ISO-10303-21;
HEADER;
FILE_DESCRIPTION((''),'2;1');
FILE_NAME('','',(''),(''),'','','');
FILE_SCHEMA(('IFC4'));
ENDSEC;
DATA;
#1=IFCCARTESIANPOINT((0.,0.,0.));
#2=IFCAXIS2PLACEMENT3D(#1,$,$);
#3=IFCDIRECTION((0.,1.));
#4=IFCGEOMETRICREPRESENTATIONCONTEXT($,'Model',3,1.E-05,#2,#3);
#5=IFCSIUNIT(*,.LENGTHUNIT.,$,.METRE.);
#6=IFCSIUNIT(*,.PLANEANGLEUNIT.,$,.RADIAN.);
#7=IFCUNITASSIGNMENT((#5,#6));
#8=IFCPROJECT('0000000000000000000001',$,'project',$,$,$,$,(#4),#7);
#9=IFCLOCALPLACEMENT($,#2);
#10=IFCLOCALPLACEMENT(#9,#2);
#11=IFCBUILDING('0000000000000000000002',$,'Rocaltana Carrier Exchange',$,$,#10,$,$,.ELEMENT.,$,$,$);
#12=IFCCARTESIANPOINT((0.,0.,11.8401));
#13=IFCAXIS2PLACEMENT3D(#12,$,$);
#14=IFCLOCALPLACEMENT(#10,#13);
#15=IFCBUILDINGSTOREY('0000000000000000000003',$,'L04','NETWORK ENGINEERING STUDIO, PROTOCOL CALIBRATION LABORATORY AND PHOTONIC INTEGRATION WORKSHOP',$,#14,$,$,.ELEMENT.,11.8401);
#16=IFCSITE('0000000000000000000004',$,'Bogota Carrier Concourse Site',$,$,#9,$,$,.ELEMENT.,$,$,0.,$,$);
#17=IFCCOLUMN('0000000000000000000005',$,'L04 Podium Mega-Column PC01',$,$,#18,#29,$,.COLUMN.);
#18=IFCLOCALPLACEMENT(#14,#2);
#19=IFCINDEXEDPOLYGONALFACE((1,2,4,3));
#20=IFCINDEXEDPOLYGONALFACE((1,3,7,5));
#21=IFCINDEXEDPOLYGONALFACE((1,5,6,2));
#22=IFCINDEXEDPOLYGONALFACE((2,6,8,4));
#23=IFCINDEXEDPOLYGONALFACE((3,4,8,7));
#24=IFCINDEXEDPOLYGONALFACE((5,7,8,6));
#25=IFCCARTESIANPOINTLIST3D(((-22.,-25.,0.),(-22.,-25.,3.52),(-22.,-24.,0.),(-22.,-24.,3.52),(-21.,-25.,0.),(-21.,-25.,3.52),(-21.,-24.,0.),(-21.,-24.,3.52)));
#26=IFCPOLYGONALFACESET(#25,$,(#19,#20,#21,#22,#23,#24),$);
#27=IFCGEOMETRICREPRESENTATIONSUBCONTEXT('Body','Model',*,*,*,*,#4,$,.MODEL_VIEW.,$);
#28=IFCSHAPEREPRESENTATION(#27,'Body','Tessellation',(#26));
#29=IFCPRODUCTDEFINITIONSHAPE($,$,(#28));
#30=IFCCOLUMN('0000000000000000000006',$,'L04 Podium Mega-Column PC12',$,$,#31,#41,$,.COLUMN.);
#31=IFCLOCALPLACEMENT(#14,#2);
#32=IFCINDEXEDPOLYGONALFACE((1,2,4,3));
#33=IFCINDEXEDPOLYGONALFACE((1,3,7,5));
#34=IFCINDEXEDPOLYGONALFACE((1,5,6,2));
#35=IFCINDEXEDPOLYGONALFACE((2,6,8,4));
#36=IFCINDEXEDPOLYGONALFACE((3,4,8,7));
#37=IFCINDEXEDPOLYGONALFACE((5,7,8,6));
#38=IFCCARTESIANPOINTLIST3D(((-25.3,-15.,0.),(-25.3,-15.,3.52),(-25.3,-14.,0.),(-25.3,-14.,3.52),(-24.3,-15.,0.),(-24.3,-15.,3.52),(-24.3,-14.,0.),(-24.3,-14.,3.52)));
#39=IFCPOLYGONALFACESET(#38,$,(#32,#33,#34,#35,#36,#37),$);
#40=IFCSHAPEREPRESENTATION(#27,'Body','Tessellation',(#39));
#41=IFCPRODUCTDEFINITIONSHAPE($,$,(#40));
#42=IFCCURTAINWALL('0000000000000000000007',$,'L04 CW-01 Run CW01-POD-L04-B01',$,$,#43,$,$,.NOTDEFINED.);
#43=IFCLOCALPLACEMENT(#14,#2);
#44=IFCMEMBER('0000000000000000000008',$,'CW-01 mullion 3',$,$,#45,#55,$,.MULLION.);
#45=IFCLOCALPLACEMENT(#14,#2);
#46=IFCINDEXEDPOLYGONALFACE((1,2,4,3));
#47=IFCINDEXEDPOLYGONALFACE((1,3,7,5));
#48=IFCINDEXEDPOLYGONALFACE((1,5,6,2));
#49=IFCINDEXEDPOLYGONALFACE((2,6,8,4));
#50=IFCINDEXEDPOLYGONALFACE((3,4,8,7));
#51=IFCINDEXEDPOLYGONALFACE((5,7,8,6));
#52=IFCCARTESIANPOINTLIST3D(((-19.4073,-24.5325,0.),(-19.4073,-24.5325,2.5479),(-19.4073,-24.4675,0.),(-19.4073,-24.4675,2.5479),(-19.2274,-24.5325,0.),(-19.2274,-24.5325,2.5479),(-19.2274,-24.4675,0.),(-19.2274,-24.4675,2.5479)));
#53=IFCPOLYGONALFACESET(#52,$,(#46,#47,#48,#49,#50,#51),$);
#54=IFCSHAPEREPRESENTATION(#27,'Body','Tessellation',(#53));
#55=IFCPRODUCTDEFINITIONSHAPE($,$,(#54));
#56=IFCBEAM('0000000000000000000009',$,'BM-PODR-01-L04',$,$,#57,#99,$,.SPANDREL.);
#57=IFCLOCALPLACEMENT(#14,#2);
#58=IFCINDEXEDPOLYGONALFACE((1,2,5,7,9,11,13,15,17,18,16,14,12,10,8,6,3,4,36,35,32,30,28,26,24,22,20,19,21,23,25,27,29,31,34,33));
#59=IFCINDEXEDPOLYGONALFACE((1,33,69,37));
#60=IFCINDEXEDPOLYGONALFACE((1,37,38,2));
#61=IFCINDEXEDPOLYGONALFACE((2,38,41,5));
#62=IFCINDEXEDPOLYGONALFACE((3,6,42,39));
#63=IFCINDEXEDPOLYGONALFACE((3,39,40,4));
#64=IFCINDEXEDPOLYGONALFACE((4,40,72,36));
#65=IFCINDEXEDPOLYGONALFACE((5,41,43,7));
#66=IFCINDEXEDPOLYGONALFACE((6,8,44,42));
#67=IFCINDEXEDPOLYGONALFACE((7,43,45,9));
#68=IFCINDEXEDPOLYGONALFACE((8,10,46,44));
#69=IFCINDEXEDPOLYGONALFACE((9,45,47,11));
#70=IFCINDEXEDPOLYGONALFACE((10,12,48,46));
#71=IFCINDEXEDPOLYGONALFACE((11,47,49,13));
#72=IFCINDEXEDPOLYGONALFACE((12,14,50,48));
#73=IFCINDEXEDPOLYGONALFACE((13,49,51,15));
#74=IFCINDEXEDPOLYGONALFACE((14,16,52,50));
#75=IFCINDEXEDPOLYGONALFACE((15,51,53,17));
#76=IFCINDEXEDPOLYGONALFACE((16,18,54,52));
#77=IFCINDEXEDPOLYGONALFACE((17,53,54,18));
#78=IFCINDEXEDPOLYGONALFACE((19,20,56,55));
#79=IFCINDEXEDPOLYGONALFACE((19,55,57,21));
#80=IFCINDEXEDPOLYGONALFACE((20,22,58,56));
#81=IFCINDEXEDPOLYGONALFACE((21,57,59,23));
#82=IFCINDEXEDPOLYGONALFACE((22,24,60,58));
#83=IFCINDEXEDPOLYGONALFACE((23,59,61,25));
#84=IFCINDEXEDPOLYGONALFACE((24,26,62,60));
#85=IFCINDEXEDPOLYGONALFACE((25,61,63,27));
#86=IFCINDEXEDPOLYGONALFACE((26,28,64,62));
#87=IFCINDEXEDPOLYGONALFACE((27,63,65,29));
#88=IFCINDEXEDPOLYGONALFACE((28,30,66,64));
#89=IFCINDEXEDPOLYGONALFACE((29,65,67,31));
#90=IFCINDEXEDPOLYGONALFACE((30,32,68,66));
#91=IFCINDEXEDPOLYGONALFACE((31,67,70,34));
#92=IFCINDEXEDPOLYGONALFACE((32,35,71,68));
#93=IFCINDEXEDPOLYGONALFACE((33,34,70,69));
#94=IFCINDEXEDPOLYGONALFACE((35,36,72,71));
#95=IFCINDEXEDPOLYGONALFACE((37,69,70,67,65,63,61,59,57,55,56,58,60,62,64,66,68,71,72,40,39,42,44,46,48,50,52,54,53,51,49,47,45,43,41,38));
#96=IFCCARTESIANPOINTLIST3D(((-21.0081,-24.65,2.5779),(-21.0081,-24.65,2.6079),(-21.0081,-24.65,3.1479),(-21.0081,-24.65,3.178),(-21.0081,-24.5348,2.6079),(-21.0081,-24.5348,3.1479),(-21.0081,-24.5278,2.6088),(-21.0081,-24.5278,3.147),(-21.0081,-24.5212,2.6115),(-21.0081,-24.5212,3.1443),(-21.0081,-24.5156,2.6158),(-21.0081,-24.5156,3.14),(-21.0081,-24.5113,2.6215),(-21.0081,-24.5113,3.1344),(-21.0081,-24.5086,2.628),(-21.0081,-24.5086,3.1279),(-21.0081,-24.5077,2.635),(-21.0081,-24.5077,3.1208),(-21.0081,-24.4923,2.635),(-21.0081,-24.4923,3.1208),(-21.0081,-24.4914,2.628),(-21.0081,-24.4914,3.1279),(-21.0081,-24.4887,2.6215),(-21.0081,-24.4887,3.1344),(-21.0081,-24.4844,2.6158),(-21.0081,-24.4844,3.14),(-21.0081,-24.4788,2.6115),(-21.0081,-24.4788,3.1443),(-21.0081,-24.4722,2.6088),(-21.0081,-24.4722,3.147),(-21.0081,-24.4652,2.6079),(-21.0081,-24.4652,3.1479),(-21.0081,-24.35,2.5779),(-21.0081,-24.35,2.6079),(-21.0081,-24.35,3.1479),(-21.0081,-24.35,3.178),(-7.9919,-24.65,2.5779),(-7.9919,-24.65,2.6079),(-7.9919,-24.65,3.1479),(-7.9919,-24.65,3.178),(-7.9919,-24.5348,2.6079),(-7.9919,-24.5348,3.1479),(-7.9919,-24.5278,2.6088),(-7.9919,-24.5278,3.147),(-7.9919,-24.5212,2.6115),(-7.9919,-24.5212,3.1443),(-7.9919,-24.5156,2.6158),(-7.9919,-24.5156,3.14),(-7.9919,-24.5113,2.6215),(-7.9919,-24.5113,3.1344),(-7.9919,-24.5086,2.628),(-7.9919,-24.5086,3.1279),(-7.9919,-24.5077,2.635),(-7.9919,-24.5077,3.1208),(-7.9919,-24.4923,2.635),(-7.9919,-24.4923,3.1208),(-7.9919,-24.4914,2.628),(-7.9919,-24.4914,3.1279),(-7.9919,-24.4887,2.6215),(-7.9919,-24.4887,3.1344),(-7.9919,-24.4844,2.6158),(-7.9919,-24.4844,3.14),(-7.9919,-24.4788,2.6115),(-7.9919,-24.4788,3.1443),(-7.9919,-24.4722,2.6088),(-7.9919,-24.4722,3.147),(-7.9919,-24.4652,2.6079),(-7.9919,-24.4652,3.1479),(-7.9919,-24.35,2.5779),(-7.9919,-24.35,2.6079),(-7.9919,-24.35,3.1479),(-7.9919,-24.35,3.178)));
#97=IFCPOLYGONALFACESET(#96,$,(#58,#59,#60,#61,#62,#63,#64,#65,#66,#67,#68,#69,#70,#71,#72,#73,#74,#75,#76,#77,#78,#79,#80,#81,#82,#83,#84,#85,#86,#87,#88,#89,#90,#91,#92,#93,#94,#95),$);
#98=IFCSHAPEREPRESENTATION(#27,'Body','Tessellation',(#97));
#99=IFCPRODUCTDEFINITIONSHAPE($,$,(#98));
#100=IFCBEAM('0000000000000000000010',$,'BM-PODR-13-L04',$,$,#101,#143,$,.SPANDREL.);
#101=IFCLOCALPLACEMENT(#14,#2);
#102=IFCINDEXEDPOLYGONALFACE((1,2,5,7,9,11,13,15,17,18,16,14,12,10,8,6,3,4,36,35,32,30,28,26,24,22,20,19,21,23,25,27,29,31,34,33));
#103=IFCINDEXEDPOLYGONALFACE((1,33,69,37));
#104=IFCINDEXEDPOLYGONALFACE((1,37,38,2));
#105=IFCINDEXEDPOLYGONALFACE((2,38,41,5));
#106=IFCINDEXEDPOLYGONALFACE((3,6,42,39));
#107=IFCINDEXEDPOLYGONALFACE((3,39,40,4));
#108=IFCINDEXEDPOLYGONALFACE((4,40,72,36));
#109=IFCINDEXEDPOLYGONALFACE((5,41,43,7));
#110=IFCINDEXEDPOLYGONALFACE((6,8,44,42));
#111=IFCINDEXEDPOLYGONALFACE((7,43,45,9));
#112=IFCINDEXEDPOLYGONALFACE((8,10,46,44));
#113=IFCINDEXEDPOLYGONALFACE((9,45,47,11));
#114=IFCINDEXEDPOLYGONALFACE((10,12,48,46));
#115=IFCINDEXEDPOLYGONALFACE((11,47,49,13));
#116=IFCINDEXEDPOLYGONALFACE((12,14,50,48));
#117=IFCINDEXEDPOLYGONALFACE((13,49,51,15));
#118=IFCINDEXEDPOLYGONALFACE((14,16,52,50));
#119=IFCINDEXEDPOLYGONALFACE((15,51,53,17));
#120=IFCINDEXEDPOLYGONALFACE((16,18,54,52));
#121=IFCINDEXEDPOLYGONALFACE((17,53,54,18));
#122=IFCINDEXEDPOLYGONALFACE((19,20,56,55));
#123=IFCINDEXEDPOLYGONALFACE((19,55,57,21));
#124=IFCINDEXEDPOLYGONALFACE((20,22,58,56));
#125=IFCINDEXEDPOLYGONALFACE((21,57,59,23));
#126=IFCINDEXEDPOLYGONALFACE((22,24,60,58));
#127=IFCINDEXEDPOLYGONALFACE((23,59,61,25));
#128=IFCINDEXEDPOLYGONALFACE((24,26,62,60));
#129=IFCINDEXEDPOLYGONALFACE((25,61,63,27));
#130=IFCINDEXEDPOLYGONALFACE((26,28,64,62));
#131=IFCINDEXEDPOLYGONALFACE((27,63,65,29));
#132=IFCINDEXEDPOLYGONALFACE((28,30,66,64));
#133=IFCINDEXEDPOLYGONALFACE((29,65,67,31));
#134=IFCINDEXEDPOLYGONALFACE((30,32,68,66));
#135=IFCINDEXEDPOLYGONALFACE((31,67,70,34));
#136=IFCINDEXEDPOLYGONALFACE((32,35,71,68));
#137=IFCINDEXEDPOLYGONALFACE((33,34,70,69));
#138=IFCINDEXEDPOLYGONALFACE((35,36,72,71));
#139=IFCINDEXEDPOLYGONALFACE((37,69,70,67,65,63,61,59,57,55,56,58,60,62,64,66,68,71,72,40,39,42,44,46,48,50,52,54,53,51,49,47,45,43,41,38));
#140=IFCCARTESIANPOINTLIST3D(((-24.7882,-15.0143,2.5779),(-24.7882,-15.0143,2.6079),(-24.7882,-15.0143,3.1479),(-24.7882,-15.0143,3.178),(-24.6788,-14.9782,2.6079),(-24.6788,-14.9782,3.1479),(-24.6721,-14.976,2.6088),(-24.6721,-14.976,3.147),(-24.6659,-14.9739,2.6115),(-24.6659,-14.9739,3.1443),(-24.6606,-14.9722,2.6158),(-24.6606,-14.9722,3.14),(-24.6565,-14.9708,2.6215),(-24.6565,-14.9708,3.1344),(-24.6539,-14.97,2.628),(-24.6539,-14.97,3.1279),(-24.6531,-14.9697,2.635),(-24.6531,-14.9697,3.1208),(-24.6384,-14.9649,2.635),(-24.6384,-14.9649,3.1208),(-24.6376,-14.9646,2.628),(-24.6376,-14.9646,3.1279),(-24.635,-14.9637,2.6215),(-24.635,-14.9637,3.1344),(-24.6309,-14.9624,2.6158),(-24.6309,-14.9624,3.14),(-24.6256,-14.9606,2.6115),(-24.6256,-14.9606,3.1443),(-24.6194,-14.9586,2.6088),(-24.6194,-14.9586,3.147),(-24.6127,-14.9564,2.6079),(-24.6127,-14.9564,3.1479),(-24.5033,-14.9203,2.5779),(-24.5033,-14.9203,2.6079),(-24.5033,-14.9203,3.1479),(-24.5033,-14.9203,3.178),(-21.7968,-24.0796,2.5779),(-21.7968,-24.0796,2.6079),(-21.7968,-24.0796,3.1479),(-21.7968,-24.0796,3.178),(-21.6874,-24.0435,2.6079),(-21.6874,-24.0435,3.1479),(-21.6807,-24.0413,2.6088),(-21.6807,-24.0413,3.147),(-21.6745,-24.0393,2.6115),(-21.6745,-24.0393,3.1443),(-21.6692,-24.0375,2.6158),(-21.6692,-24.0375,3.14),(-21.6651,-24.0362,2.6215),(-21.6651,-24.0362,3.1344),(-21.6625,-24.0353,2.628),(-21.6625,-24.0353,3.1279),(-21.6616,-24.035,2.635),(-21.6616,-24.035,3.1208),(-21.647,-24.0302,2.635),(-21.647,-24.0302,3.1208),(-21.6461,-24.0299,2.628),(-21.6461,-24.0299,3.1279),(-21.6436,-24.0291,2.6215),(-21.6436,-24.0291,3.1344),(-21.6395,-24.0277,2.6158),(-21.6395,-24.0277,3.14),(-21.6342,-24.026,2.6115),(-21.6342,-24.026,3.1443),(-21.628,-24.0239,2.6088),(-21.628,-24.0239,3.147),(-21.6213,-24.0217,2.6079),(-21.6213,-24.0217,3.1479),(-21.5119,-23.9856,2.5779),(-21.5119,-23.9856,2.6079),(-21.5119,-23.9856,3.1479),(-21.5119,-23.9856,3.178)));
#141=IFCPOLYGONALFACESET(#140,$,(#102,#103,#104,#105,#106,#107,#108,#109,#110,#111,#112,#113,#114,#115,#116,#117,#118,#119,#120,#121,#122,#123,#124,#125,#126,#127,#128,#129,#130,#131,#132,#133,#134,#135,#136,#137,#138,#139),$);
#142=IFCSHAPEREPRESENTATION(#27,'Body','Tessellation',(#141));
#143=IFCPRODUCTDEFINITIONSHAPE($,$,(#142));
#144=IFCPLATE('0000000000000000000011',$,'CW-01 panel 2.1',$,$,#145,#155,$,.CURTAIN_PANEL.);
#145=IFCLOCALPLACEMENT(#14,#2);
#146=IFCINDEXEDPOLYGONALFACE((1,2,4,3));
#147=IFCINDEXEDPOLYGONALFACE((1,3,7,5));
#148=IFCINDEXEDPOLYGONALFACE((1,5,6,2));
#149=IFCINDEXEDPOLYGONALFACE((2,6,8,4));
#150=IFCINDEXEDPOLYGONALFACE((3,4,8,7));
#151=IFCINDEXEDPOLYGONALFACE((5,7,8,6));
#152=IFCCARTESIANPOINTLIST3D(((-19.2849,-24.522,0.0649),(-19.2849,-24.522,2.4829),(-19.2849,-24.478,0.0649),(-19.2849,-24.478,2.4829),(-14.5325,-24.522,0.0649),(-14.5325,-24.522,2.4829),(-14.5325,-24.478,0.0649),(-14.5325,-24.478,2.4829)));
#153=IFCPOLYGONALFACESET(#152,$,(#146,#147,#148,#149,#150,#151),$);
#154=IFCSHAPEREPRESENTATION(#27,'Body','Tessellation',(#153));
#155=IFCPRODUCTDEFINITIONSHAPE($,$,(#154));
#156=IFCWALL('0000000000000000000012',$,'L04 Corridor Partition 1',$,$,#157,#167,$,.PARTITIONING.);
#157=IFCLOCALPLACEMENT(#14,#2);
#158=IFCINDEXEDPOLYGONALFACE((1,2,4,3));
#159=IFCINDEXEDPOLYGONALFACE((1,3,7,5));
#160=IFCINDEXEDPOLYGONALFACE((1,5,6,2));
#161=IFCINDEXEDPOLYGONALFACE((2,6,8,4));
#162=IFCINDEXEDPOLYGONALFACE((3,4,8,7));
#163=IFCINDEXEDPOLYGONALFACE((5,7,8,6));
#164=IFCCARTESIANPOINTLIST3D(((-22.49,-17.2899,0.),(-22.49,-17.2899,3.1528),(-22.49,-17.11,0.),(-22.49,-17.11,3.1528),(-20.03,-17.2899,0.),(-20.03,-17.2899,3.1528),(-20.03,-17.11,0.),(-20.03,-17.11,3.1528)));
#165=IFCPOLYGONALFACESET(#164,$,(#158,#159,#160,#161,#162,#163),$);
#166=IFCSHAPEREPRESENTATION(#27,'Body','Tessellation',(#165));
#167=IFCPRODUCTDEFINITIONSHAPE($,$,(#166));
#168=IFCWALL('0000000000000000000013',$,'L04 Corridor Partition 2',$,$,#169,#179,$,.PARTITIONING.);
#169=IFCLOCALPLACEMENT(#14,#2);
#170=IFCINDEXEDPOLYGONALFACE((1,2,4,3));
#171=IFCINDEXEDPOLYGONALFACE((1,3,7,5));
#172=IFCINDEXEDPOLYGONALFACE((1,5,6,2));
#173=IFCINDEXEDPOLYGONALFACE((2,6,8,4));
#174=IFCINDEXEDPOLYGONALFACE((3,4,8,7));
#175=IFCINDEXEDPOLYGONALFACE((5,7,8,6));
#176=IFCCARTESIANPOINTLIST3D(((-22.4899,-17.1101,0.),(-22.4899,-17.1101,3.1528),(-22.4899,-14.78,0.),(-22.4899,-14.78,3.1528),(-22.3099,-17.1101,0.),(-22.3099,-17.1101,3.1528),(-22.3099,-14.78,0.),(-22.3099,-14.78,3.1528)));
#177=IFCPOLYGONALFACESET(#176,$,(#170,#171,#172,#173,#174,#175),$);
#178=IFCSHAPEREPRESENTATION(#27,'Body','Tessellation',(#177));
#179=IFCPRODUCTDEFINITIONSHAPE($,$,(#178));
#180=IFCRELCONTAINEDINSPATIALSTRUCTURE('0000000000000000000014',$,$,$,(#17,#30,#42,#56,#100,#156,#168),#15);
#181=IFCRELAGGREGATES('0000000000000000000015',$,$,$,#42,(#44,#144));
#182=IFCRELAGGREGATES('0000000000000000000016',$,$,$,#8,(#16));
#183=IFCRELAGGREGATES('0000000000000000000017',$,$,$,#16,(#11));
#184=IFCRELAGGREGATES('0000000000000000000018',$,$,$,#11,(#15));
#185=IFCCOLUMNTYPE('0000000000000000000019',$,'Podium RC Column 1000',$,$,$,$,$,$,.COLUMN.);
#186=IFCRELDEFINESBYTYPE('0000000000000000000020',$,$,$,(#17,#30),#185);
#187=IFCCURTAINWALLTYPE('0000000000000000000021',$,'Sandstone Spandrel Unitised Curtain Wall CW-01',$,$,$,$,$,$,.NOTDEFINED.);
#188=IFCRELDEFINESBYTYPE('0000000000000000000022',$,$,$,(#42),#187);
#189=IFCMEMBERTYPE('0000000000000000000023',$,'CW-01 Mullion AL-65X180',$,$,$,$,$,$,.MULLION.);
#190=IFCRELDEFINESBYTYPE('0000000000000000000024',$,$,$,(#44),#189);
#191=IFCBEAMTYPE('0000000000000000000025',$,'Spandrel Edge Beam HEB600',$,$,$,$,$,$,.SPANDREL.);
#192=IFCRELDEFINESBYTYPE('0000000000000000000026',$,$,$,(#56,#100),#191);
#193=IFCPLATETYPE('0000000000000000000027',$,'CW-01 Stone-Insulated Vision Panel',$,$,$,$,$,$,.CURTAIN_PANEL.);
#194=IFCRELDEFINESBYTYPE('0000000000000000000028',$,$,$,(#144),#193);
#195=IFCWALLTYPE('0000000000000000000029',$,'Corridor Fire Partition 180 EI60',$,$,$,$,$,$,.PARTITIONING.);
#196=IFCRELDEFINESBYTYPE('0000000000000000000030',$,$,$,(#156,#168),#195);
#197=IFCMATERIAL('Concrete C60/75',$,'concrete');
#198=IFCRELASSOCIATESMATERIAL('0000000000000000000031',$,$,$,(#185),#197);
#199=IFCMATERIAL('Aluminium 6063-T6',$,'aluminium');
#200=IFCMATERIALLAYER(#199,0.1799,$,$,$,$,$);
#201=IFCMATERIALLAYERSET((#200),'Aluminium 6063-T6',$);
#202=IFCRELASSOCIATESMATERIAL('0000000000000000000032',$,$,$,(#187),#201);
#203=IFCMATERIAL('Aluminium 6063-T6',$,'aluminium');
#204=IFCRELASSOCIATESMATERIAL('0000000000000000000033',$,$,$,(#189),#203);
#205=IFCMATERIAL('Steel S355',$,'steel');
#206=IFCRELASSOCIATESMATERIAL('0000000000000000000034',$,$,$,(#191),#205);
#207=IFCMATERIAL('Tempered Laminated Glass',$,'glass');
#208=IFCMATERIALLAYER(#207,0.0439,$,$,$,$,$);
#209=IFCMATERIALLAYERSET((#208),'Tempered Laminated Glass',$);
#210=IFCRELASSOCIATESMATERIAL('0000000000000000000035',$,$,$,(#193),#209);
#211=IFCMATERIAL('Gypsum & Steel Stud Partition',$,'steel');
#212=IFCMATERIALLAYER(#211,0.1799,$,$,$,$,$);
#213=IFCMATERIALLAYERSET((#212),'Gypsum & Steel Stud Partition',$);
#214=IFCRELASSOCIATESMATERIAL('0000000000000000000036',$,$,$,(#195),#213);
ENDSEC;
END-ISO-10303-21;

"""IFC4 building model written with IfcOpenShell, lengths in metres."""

from ifc_helpers import new_model, si_unit, direction, frame, frame_2d, origin, origin_2d, place, context, subcontext, project, spatial, rectangle, i_section, extrude, material, layer, layer_set, material_profile, profile_set, type_object, element, aggregate, save


model = new_model("IFC4")

# Units and contexts
model_context = context("Model", 3, precision=1e-05, world=origin(), true_north=direction((0.0, 1.0)))
body_context = subcontext(model_context, "Body", "Model", "MODEL_VIEW")
ifc_project = project(units=[si_unit("LENGTHUNIT", "METRE"), si_unit("PLANEANGLEUNIT", "RADIAN")], contexts=[model_context])

# Site, building, storey
site_placement = place(None, origin())
site = spatial("IfcSite", under=ifc_project, at=site_placement, Name="Bogota Carrier Concourse Site", CompositionType="ELEMENT", RefElevation=0.0)
building_placement = place(site_placement, origin())
building = spatial("IfcBuilding", under=site, at=building_placement, Name="Rocaltana Carrier Exchange", CompositionType="ELEMENT")
storey_placement = place(building_placement, frame((0.0, 0.0, 11.8401)))
storey = spatial("IfcBuildingStorey", under=building, at=storey_placement, Name="L04", Description="NETWORK ENGINEERING STUDIO, PROTOCOL CALIBRATION LABORATORY AND PHOTONIC INTEGRATION WORKSHOP", CompositionType="ELEMENT", Elevation=11.8401)

# Columns
ifc_material_1 = material(Name="Concrete C60/75", Category="concrete")
ifc_material_profile_1 = material_profile(ifc_material_1, rectangle(XDim=1.0, YDim=1.0, at=origin_2d()), Name="RC-COL-1000X1000")
ifc_profile_set_1 = profile_set([ifc_material_profile_1], Name="Concrete C60/75")
column_type = type_object("IfcColumnType", Name="Podium RC Column 1000", PredefinedType="COLUMN", material=ifc_profile_set_1)
for number, where, z_axis, x_axis, name in (
    (1, (-21.5, -24.5, 0.0), (0.0, 0.0, 1.0), (1.0, 0.0, 0.0), "L04 Podium Mega-Column PC01"),
    (2, (-24.8, -14.5, 0.0), (0.0, 0.0, 1.0), (1.0, 0.0, 0.0), "L04 Podium Mega-Column PC12"),
):
    element("IfcColumn", number, at=place(storey_placement, frame(where, z_axis=z_axis, x_axis=x_axis)), inside=storey, type_object=column_type, Name=name, PredefinedType="COLUMN", context=body_context, shape_type="SweptSolid", body=[
        extrude(rectangle(XDim=1.0, YDim=1.0, at=origin_2d()), origin(), (0.0, 0.0, 1.0), 3.52),
    ])

# Curtain wall, member
ifc_material_2 = material(Name="Aluminium 6063-T6", Category="aluminium")
ifc_layer_1 = layer(ifc_material_2, 0.1799)
ifc_layer_set_1 = layer_set([ifc_layer_1], Name="Aluminium 6063-T6")
curtain_wall_type = type_object("IfcCurtainWallType", Name="Sandstone Spandrel Unitised Curtain Wall CW-01", PredefinedType="NOTDEFINED", material=ifc_layer_set_1)
curtain_wall_placement = place(storey_placement, origin())
curtain_wall = element("IfcCurtainWall", 3, at=curtain_wall_placement, inside=storey, type_object=curtain_wall_type, Name="L04 CW-01 Run CW01-POD-L04-B01", PredefinedType="NOTDEFINED")
ifc_material_3 = material(Name="Aluminium 6063-T6", Category="aluminium")
ifc_material_profile_2 = material_profile(ifc_material_3, rectangle(XDim=0.0649, YDim=0.1799, at=origin_2d()), Name="AL-65X180")
ifc_profile_set_2 = profile_set([ifc_material_profile_2], Name="Aluminium 6063-T6")
member_type = type_object("IfcMemberType", Name="CW-01 Mullion AL-65X180", PredefinedType="MULLION", material=ifc_profile_set_2)
member_placement = place(storey_placement, frame((-19.3174, -24.5, 0.0), z_axis=(0.0, 0.0, 1.0), x_axis=(0.0, -1.0, 0.0)))
member = element("IfcMember", 4, at=member_placement, type_object=member_type, Name="CW-01 mullion 3", PredefinedType="MULLION", context=body_context, shape_type="SweptSolid", body=[
    extrude(rectangle(XDim=0.0649, YDim=0.1799, at=origin_2d()), origin(), (0.0, 0.0, 1.0), 2.5479),
])

# Beams
ifc_material_4 = material(Name="Steel S355", Category="steel")
ifc_material_profile_3 = material_profile(ifc_material_4, i_section(OverallWidth=0.3, OverallDepth=0.6001, WebThickness=0.0154, FlangeThickness=0.03, FilletRadius=0.0271, at=origin_2d()), Name="HEB600")
ifc_profile_set_3 = profile_set([ifc_material_profile_3], Name="Steel S355")
beam_type = type_object("IfcBeamType", Name="Spandrel Edge Beam HEB600", PredefinedType="SPANDREL", material=ifc_profile_set_3)
beam_1_placement = place(storey_placement, frame((-21.0081, -24.5, 2.8779), z_axis=(1.0, 0.0, 0.0), x_axis=(0.0, 1.0, 0.0)))
element("IfcBeam", 5, at=beam_1_placement, inside=storey, type_object=beam_type, Name="BM-PODR-01-L04", PredefinedType="SPANDREL", context=body_context, shape_type="SweptSolid", body=[
    extrude(i_section(OverallWidth=0.3, OverallDepth=0.6001, WebThickness=0.0154, FlangeThickness=0.03, FilletRadius=0.0271, at=origin_2d()), origin(), (0.0, 0.0, 1.0), 13.0161),
])
beam_2_placement = place(storey_placement, frame((-24.6458, -14.9673, 2.8779), z_axis=(0.313365, -0.949633, 0.0), x_axis=(0.949633, 0.313365, 0.0)))
element("IfcBeam", 6, at=beam_2_placement, inside=storey, type_object=beam_type, Name="BM-PODR-13-L04", PredefinedType="SPANDREL", context=body_context, shape_type="SweptSolid", body=[
    extrude(i_section(OverallWidth=0.3, OverallDepth=0.6001, WebThickness=0.0154, FlangeThickness=0.03, FilletRadius=0.0271, at=origin_2d()), origin(), (0.0, 0.0, 1.0), 9.5461),
])

# Plate
ifc_material_5 = material(Name="Tempered Laminated Glass", Category="glass")
ifc_layer_2 = layer(ifc_material_5, 0.0439)
ifc_layer_set_2 = layer_set([ifc_layer_2], Name="Tempered Laminated Glass")
plate_type = type_object("IfcPlateType", Name="CW-01 Stone-Insulated Vision Panel", PredefinedType="CURTAIN_PANEL", material=ifc_layer_set_2)
plate_placement = place(storey_placement, frame((-16.9087, -24.5, 0.0649), z_axis=(0.0, 0.0, 1.0), x_axis=(-1.0, 0.0, 0.0)))
plate = element("IfcPlate", 7, at=plate_placement, type_object=plate_type, Name="CW-01 panel 2.1", PredefinedType="CURTAIN_PANEL", context=body_context, shape_type="SweptSolid", body=[
    extrude(rectangle(XDim=4.7524, YDim=0.0439, at=origin_2d()), origin(), (0.0, 0.0, 1.0), 2.418),
])
aggregate(curtain_wall, [member, plate])

# Walls
ifc_material_6 = material(Name="Gypsum & Steel Stud Partition", Category="steel")
ifc_layer_3 = layer(ifc_material_6, 0.1799)
ifc_layer_set_3 = layer_set([ifc_layer_3], Name="Gypsum & Steel Stud Partition")
wall_type_1 = type_object("IfcWallType", Name="Corridor Fire Partition 180 EI60", PredefinedType="PARTITIONING", material=ifc_layer_set_3)
wall_1_placement = place(storey_placement, frame((-20.03, -17.2, 0.0), z_axis=(0.0, 0.0, 1.0), x_axis=(-1.0, 0.0, 0.0)))
element("IfcWall", 8, at=wall_1_placement, inside=storey, type_object=wall_type_1, Name="L04 Corridor Partition 1", PredefinedType="PARTITIONING", context=body_context, shape_type="SweptSolid", body=[
    extrude(rectangle(XDim=2.46, YDim=0.1799, at=frame_2d((1.23, 0.0))), origin(), (0.0, 0.0, 1.0), 3.1528),
])
wall_2_placement = place(storey_placement, frame((-22.3999, -17.1101, 0.0), z_axis=(0.0, 0.0, 1.0), x_axis=(0.0, 1.0, 0.0)))
element("IfcWall", 9, at=wall_2_placement, inside=storey, type_object=wall_type_1, Name="L04 Corridor Partition 2", PredefinedType="PARTITIONING", context=body_context, shape_type="SweptSolid", body=[
    extrude(rectangle(XDim=2.3301, YDim=0.1799, at=frame_2d((1.165, 0.0))), origin(), (0.0, 0.0, 1.0), 3.1528),
])

save(model, "model.ifc")
